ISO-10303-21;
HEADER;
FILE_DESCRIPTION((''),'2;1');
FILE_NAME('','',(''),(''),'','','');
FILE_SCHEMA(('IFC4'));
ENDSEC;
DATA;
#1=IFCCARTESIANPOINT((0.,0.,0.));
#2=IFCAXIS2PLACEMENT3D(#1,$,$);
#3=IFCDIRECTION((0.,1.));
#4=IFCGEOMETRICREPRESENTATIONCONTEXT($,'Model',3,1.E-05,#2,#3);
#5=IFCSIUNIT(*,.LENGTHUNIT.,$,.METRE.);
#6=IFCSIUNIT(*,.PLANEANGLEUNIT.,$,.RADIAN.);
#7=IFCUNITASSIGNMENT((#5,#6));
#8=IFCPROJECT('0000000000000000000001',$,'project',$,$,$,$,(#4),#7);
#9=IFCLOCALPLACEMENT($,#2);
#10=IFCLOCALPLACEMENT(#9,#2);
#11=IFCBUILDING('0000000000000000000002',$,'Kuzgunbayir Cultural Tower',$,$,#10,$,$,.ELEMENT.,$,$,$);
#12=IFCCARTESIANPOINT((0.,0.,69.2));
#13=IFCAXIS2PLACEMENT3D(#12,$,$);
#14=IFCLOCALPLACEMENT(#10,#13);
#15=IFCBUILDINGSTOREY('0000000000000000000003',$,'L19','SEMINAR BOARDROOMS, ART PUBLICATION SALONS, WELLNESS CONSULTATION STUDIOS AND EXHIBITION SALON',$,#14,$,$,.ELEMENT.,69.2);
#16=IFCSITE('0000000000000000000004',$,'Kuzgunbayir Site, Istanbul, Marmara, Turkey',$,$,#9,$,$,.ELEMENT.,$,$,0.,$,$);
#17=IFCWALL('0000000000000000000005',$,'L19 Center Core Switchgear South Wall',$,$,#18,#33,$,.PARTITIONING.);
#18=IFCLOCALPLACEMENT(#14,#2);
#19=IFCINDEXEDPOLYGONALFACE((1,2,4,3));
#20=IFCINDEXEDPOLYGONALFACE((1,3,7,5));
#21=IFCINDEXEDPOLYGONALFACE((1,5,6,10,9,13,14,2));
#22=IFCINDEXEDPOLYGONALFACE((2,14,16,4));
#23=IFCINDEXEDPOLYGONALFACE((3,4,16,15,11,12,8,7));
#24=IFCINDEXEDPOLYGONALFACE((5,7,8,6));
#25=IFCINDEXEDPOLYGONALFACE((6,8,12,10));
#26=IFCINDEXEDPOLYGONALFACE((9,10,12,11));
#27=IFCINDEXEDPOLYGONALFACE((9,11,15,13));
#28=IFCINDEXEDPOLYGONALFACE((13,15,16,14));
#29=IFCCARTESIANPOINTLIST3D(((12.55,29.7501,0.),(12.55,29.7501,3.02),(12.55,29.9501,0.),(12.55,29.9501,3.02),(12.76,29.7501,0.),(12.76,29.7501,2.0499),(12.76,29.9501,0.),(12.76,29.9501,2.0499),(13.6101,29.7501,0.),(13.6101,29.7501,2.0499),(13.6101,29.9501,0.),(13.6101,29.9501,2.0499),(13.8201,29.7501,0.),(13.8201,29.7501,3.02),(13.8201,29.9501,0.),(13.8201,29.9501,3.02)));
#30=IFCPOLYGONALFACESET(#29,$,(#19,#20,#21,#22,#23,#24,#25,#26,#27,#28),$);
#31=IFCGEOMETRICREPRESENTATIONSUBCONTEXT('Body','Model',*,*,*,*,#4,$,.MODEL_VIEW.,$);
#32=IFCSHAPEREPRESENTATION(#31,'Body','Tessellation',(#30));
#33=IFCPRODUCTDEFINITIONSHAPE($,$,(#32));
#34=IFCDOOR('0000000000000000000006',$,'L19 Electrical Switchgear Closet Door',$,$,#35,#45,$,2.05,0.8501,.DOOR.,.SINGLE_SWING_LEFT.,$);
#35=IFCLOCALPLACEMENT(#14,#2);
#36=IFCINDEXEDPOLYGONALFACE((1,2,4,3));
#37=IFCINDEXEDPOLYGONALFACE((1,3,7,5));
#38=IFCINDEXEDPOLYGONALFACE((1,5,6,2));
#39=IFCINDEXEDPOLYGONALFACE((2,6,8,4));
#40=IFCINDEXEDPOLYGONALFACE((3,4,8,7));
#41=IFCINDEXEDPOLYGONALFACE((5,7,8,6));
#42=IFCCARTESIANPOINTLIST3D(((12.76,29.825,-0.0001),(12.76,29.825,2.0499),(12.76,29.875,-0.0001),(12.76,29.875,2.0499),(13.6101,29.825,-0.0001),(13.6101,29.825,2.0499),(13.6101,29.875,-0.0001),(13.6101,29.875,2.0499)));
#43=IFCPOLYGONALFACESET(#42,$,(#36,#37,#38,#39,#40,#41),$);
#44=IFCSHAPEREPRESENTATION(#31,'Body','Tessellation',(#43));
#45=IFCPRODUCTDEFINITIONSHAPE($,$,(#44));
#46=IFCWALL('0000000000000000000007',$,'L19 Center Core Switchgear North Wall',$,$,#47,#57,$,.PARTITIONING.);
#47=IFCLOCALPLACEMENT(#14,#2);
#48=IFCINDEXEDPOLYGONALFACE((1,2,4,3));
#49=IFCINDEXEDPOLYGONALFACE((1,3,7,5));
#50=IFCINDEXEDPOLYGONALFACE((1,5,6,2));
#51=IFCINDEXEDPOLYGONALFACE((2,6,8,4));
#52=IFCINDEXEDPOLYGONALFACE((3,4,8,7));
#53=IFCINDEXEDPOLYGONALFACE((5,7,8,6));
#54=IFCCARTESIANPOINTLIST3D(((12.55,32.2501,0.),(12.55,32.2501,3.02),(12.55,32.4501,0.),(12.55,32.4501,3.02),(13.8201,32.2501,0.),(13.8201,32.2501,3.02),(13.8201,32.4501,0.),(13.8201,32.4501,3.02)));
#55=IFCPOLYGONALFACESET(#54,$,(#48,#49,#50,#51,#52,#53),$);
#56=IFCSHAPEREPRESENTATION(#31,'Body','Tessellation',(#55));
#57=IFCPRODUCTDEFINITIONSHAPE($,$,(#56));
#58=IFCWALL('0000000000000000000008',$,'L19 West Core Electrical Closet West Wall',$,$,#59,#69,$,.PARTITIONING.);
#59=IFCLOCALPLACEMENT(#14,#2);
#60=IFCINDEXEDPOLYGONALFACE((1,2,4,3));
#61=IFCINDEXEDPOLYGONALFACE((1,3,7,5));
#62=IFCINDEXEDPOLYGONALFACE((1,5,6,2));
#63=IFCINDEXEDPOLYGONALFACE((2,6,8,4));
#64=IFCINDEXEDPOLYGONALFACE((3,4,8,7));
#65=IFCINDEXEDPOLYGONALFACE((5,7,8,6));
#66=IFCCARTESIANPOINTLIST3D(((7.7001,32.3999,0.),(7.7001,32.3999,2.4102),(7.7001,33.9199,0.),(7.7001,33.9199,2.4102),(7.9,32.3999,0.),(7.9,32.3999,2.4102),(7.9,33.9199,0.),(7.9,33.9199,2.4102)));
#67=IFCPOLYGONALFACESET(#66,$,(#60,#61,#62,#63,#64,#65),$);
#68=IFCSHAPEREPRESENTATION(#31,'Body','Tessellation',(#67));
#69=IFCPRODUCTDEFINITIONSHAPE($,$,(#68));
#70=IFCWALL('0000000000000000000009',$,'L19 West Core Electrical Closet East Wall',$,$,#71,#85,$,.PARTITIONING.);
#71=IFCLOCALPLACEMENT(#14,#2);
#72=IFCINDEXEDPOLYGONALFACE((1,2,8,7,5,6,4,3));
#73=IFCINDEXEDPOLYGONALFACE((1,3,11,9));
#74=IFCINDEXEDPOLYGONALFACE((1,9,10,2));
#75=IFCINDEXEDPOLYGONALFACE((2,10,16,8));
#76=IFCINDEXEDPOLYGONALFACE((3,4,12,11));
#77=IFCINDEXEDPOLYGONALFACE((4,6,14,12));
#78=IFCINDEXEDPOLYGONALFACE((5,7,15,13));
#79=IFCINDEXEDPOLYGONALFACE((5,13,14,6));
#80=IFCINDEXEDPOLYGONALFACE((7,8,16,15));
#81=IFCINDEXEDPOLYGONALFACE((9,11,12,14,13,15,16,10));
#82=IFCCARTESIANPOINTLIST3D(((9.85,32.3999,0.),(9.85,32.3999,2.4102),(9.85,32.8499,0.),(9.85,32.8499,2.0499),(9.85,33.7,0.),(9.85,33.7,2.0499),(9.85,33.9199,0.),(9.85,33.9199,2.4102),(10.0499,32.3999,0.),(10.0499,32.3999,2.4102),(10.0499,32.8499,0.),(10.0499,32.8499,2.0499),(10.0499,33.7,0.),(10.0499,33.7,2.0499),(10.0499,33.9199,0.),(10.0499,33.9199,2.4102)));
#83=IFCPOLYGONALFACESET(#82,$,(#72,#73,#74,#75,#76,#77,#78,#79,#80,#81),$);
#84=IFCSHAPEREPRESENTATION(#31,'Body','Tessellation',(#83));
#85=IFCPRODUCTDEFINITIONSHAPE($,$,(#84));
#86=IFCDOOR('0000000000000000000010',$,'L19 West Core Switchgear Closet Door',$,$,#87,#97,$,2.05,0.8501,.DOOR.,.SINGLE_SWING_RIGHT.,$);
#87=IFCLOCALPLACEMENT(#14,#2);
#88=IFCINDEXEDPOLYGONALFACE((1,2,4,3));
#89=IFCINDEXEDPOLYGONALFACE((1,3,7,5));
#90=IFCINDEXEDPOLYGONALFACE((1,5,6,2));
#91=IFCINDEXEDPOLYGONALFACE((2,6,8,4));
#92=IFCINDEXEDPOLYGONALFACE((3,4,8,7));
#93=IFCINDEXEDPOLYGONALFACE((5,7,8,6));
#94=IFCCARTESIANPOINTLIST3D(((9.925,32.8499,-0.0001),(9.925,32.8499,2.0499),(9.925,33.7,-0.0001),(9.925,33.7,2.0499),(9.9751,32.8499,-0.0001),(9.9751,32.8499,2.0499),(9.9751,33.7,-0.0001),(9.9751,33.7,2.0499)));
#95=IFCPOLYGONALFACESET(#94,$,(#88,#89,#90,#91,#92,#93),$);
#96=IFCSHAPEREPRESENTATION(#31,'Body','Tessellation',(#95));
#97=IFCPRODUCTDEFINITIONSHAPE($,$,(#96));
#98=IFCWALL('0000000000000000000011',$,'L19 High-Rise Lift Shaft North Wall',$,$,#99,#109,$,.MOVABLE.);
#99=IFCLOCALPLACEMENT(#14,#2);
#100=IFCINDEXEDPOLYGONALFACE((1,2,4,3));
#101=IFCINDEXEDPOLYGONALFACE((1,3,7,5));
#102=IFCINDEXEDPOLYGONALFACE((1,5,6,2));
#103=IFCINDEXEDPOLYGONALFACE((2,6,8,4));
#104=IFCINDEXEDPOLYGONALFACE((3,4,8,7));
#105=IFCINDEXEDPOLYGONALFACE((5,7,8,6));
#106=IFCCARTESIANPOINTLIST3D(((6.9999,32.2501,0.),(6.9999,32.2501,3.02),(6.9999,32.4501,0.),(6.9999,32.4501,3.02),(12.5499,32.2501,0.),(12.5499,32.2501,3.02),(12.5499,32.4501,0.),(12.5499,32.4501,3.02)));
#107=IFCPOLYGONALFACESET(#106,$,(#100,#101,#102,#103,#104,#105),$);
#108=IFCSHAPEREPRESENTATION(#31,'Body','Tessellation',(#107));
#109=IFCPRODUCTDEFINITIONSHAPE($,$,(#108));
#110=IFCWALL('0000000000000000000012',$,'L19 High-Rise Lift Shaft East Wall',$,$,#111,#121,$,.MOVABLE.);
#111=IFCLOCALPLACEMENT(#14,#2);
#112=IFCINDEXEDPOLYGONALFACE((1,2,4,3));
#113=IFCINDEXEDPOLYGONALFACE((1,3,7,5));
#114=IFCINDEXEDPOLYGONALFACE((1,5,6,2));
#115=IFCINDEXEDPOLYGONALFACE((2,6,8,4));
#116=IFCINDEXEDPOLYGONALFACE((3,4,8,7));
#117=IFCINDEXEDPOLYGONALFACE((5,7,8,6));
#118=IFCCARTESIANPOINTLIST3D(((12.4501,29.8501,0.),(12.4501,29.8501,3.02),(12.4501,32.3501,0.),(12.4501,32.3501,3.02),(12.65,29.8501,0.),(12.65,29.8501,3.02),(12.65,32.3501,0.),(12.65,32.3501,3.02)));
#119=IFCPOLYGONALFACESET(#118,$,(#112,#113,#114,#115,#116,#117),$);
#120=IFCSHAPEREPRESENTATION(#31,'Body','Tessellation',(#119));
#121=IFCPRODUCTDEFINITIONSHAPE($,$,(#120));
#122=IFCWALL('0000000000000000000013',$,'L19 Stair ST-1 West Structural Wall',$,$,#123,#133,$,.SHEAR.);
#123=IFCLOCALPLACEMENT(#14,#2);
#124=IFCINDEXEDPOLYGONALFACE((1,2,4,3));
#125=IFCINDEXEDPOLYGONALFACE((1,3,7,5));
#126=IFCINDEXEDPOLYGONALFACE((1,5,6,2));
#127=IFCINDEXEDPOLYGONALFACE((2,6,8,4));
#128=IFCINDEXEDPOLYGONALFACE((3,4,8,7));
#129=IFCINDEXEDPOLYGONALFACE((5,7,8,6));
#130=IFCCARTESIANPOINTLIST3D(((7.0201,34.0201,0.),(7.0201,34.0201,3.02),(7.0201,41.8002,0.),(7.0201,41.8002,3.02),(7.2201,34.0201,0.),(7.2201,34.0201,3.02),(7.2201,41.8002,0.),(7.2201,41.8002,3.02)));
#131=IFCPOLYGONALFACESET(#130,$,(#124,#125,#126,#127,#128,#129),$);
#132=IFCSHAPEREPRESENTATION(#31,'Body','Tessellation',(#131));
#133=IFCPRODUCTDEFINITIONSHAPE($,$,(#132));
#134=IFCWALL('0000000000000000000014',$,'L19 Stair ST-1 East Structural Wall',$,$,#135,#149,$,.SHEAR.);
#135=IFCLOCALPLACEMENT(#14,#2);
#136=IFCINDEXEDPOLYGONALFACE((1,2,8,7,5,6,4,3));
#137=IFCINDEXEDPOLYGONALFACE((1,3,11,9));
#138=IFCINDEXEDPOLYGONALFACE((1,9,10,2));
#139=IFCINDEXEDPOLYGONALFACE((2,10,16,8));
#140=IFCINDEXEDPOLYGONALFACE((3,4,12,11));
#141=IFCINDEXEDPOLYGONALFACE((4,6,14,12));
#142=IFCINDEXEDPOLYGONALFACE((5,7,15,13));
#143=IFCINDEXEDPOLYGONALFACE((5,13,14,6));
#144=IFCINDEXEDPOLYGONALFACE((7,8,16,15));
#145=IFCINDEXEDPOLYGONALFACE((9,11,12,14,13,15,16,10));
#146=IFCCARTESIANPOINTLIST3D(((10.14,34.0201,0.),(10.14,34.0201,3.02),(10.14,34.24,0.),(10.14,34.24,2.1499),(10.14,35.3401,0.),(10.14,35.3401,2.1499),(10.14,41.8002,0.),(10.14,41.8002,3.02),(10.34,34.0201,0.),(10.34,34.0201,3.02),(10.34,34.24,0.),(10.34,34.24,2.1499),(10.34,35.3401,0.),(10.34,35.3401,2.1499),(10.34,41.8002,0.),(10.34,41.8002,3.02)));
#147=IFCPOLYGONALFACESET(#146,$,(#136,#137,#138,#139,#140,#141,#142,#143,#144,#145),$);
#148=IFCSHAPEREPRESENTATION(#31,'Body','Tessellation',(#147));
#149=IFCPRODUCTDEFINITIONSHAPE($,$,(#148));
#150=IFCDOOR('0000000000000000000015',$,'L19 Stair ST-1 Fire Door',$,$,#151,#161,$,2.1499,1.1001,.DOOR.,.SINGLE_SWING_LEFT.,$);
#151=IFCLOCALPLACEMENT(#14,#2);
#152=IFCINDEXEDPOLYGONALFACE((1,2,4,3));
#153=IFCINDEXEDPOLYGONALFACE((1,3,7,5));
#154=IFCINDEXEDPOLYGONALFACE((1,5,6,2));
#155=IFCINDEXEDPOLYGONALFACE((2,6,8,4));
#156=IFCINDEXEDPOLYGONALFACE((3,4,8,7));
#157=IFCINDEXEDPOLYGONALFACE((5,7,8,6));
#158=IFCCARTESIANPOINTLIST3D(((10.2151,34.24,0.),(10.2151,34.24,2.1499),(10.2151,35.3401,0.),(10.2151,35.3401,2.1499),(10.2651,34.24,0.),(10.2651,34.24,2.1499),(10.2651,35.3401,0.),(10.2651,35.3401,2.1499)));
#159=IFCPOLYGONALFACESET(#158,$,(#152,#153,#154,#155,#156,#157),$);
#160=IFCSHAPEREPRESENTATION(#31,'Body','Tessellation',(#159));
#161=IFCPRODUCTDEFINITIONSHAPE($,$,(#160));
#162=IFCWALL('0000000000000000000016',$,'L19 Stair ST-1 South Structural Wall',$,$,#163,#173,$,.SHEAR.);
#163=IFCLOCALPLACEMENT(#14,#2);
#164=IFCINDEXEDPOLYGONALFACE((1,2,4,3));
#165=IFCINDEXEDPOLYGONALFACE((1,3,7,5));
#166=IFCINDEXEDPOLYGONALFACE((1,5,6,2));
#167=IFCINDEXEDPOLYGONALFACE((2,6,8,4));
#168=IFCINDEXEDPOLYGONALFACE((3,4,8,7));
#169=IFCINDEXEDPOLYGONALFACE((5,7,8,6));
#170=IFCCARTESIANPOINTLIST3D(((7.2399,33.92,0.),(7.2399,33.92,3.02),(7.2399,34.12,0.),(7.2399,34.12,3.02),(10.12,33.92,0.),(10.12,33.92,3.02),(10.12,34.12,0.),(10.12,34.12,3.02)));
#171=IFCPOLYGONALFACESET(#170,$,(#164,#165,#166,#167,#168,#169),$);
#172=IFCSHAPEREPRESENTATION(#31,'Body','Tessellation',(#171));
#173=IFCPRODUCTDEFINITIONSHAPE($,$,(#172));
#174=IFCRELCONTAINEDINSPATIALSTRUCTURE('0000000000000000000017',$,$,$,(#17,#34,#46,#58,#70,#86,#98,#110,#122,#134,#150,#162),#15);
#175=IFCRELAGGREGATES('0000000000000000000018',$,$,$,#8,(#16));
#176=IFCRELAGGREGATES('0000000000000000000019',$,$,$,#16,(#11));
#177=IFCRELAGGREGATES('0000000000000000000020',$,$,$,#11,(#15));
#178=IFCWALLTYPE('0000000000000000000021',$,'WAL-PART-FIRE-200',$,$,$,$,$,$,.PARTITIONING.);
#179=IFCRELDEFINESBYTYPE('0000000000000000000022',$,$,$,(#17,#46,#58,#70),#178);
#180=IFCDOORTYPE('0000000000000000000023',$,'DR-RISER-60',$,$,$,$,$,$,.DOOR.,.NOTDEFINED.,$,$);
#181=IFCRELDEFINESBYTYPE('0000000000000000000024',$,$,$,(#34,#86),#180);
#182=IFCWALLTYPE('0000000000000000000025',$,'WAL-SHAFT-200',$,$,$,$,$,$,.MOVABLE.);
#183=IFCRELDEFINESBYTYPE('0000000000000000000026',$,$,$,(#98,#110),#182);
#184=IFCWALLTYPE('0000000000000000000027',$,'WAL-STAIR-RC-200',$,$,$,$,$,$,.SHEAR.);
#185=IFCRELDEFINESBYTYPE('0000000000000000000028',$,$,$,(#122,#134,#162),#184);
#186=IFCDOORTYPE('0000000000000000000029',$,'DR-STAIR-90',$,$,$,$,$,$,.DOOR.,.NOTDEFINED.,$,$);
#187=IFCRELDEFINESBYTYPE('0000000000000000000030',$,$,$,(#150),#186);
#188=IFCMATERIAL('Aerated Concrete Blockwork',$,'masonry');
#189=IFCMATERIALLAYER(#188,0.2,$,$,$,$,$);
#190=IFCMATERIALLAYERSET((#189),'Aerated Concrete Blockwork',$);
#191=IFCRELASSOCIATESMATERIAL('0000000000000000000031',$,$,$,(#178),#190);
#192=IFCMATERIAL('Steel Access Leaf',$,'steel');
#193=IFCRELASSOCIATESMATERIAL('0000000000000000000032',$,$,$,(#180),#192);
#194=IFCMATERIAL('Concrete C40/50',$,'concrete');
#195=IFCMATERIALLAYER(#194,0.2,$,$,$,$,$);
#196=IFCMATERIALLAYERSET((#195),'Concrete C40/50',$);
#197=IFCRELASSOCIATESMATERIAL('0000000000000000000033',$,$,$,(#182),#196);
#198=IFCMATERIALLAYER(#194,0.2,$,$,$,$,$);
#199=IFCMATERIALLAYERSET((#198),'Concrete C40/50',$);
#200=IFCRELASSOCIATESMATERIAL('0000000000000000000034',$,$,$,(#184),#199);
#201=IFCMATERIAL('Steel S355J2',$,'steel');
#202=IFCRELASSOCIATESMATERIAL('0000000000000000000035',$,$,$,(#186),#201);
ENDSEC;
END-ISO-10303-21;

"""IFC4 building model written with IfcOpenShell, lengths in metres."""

from ifc_helpers import new_model, si_unit, direction, frame, frame_2d, origin, place, context, subcontext, project, spatial, rectangle, extrude, material, layer, layer_set, type_object, element, fill, save


model = new_model("IFC4")

# Units and contexts
model_context = context("Model", 3, precision=1e-05, world=origin(), true_north=direction((0.0, 1.0)))
body_context = subcontext(model_context, "Body", "Model", "MODEL_VIEW")
ifc_project = project(units=[si_unit("LENGTHUNIT", "METRE"), si_unit("PLANEANGLEUNIT", "RADIAN")], contexts=[model_context])

# Site, building, storey
site_placement = place(None, origin())
site = spatial("IfcSite", under=ifc_project, at=site_placement, Name="Kuzgunbayir Site, Istanbul, Marmara, Turkey", CompositionType="ELEMENT", RefElevation=0.0)
building_placement = place(site_placement, origin())
building = spatial("IfcBuilding", under=site, at=building_placement, Name="Kuzgunbayir Cultural Tower", CompositionType="ELEMENT")
storey_placement = place(building_placement, frame((0.0, 0.0, 69.2)))
storey = spatial("IfcBuildingStorey", under=building, at=storey_placement, Name="L19", Description="SEMINAR BOARDROOMS, ART PUBLICATION SALONS, WELLNESS CONSULTATION STUDIOS AND EXHIBITION SALON", CompositionType="ELEMENT", Elevation=69.2)

# Shared definitions
ifc_material_1 = material(Name="Steel S355J2", Category="steel")

# Shared definitions
ifc_material_2 = material(Name="Aerated Concrete Blockwork", Category="masonry")
ifc_layer_1 = layer(ifc_material_2, 0.2)
ifc_layer_set_1 = layer_set([ifc_layer_1], Name="Aerated Concrete Blockwork")
wall_type_1 = type_object("IfcWallType", Name="WAL-PART-FIRE-200", PredefinedType="PARTITIONING", material=ifc_layer_set_1)

# Wall, opening, door
wall_1_placement = place(storey_placement, frame((12.55, 29.8501, 0.0), z_axis=(0.0, 0.0, 1.0), x_axis=(1.0, 0.0, 0.0)))
wall_1 = element("IfcWall", 1, at=wall_1_placement, inside=storey, type_object=wall_type_1, Name="L19 Center Core Switchgear South Wall", PredefinedType="PARTITIONING", context=body_context, shape_type="SweptSolid", body=[
    extrude(rectangle(XDim=1.27, YDim=0.2, at=frame_2d((0.635, 0.0))), origin(), (0.0, 0.0, 1.0), 3.02),
])
opening_1_placement = place(wall_1_placement, frame((0.21, 0.0, 0.0)))
opening_1 = element("IfcOpeningElement", 2, at=opening_1_placement, cuts=wall_1, PredefinedType="OPENING", context=body_context, shape_type="SweptSolid", body=[
    extrude(rectangle(XDim=0.8501, YDim=2.05, at=frame_2d((0.425, 1.0249))), frame((0.0, 0.1099, 0.0), z_axis=(0.0, -1.0, 0.0), x_axis=(1.0, 0.0, 0.0)), (0.0, 0.0, 1.0), 0.22),
])
ifc_material_3 = material(Name="Steel Access Leaf", Category="steel")
door_type_1 = type_object("IfcDoorType", Name="DR-RISER-60", OperationType="NOTDEFINED", PredefinedType="DOOR", material=ifc_material_3)
door_1_placement = place(opening_1_placement, origin())
door_1 = element("IfcDoor", 3, at=door_1_placement, inside=storey, type_object=door_type_1, Name="L19 Electrical Switchgear Closet Door", OperationType="SINGLE_SWING_LEFT", OverallHeight=2.05, OverallWidth=0.8501, PredefinedType="DOOR", context=body_context, shape_type="SweptSolid", body=[
    extrude(rectangle(XDim=0.8501, YDim=2.05, at=frame_2d((0.425, 1.0249))), frame((0.0, 0.0249, 0.0), z_axis=(0.0, -1.0, 0.0), x_axis=(1.0, 0.0, 0.0)), (0.0, 0.0, 1.0), 0.05),
])
fill(opening_1, door_1)

# Walls
wall_2_placement = place(storey_placement, frame((12.55, 32.3501, 0.0), z_axis=(0.0, 0.0, 1.0), x_axis=(1.0, 0.0, 0.0)))
element("IfcWall", 4, at=wall_2_placement, inside=storey, type_object=wall_type_1, Name="L19 Center Core Switchgear North Wall", PredefinedType="PARTITIONING", context=body_context, shape_type="SweptSolid", body=[
    extrude(rectangle(XDim=1.27, YDim=0.2, at=frame_2d((0.635, 0.0))), origin(), (0.0, 0.0, 1.0), 3.02),
])
wall_3_placement = place(storey_placement, frame((7.8, 32.3999, 0.0), z_axis=(0.0, 0.0, 1.0), x_axis=(0.0, 1.0, 0.0)))
element("IfcWall", 5, at=wall_3_placement, inside=storey, type_object=wall_type_1, Name="L19 West Core Electrical Closet West Wall", PredefinedType="PARTITIONING", context=body_context, shape_type="SweptSolid", body=[
    extrude(rectangle(XDim=1.52, YDim=0.2, at=frame_2d((0.76, 0.0))), origin(), (0.0, 0.0, 1.0), 2.4102),
])

# Wall, opening, door
wall_4_placement = place(storey_placement, frame((9.95, 32.3999, 0.0), z_axis=(0.0, 0.0, 1.0), x_axis=(0.0, 1.0, 0.0)))
wall_4 = element("IfcWall", 6, at=wall_4_placement, inside=storey, type_object=wall_type_1, Name="L19 West Core Electrical Closet East Wall", PredefinedType="PARTITIONING", context=body_context, shape_type="SweptSolid", body=[
    extrude(rectangle(XDim=1.52, YDim=0.2, at=frame_2d((0.76, 0.0))), origin(), (0.0, 0.0, 1.0), 2.4102),
])
opening_2_placement = place(wall_4_placement, frame((0.45, 0.0, 0.0)))
opening_2 = element("IfcOpeningElement", 7, at=opening_2_placement, cuts=wall_4, PredefinedType="OPENING", context=body_context, shape_type="SweptSolid", body=[
    extrude(rectangle(XDim=0.8501, YDim=2.05, at=frame_2d((0.425, 1.0249))), frame((0.0, 0.1099, 0.0), z_axis=(0.0, -1.0, 0.0), x_axis=(1.0, 0.0, 0.0)), (0.0, 0.0, 1.0), 0.22),
])
door_2_placement = place(opening_2_placement, origin())
door_2 = element("IfcDoor", 8, at=door_2_placement, inside=storey, type_object=door_type_1, Name="L19 West Core Switchgear Closet Door", OperationType="SINGLE_SWING_RIGHT", OverallHeight=2.05, OverallWidth=0.8501, PredefinedType="DOOR", context=body_context, shape_type="SweptSolid", body=[
    extrude(rectangle(XDim=0.8501, YDim=2.05, at=frame_2d((0.425, 1.0249))), frame((0.0, 0.0249, 0.0), z_axis=(0.0, -1.0, 0.0), x_axis=(1.0, 0.0, 0.0)), (0.0, 0.0, 1.0), 0.05),
])
fill(opening_2, door_2)

# Walls
ifc_material_4 = material(Name="Concrete C40/50", Category="concrete")
ifc_layer_2 = layer(ifc_material_4, 0.2)
ifc_layer_set_2 = layer_set([ifc_layer_2], Name="Concrete C40/50")
wall_type_2 = type_object("IfcWallType", Name="WAL-SHAFT-200", PredefinedType="MOVABLE", material=ifc_layer_set_2)
wall_5_placement = place(storey_placement, frame((7.0, 32.3501, 0.0), z_axis=(0.0, 0.0, 1.0), x_axis=(1.0, 0.0, 0.0)))
element("IfcWall", 9, at=wall_5_placement, inside=storey, type_object=wall_type_2, Name="L19 High-Rise Lift Shaft North Wall", PredefinedType="MOVABLE", context=body_context, shape_type="SweptSolid", body=[
    extrude(rectangle(XDim=5.55, YDim=0.2, at=frame_2d((2.7749, 0.0))), origin(), (0.0, 0.0, 1.0), 3.02),
])
wall_6_placement = place(storey_placement, frame((12.55, 29.8501, 0.0), z_axis=(0.0, 0.0, 1.0), x_axis=(0.0, 1.0, 0.0)))
element("IfcWall", 10, at=wall_6_placement, inside=storey, type_object=wall_type_2, Name="L19 High-Rise Lift Shaft East Wall", PredefinedType="MOVABLE", context=body_context, shape_type="SweptSolid", body=[
    extrude(rectangle(XDim=2.5, YDim=0.2, at=frame_2d((1.25, 0.0))), origin(), (0.0, 0.0, 1.0), 3.02),
])
ifc_layer_3 = layer(ifc_material_4, 0.2)
ifc_layer_set_3 = layer_set([ifc_layer_3], Name="Concrete C40/50")
wall_type_3 = type_object("IfcWallType", Name="WAL-STAIR-RC-200", PredefinedType="SHEAR", material=ifc_layer_set_3)
wall_7_placement = place(storey_placement, frame((7.1201, 34.02, 0.0), z_axis=(0.0, 0.0, 1.0), x_axis=(0.0, 1.0, 0.0)))
element("IfcWall", 11, at=wall_7_placement, inside=storey, type_object=wall_type_3, Name="L19 Stair ST-1 West Structural Wall", PredefinedType="SHEAR", context=body_context, shape_type="SweptSolid", body=[
    extrude(rectangle(XDim=7.78, YDim=0.2, at=frame_2d((3.8901, 0.0))), origin(), (0.0, 0.0, 1.0), 3.02),
])

# Wall, opening, door
wall_8_placement = place(storey_placement, frame((10.24, 34.02, 0.0), z_axis=(0.0, 0.0, 1.0), x_axis=(0.0, 1.0, 0.0)))
wall_8 = element("IfcWall", 12, at=wall_8_placement, inside=storey, type_object=wall_type_3, Name="L19 Stair ST-1 East Structural Wall", PredefinedType="SHEAR", context=body_context, shape_type="SweptSolid", body=[
    extrude(rectangle(XDim=7.78, YDim=0.2, at=frame_2d((3.8901, 0.0))), origin(), (0.0, 0.0, 1.0), 3.02),
])
opening_3_placement = place(wall_8_placement, frame((0.22, 0.0, 0.0)))
opening_3 = element("IfcOpeningElement", 13, at=opening_3_placement, cuts=wall_8, PredefinedType="OPENING", context=body_context, shape_type="SweptSolid", body=[
    extrude(rectangle(XDim=1.1001, YDim=2.1499, at=frame_2d((0.55, 1.075))), frame((0.0, 0.1099, 0.0), z_axis=(0.0, -1.0, 0.0), x_axis=(1.0, 0.0, 0.0)), (0.0, 0.0, 1.0), 0.22),
])
door_type_2 = type_object("IfcDoorType", Name="DR-STAIR-90", OperationType="NOTDEFINED", PredefinedType="DOOR", material=ifc_material_1)
door_3_placement = place(opening_3_placement, origin())
door_3 = element("IfcDoor", 14, at=door_3_placement, inside=storey, type_object=door_type_2, Name="L19 Stair ST-1 Fire Door", OperationType="SINGLE_SWING_LEFT", OverallHeight=2.1499, OverallWidth=1.1001, PredefinedType="DOOR", context=body_context, shape_type="SweptSolid", body=[
    extrude(rectangle(XDim=1.1001, YDim=2.1499, at=frame_2d((0.55, 1.075))), frame((0.0, 0.0249, 0.0), z_axis=(0.0, -1.0, 0.0), x_axis=(1.0, 0.0, 0.0)), (0.0, 0.0, 1.0), 0.05),
])
fill(opening_3, door_3)

# Wall
wall_9_placement = place(storey_placement, frame((7.24, 34.02, 0.0), z_axis=(0.0, 0.0, 1.0), x_axis=(1.0, 0.0, 0.0)))
element("IfcWall", 15, at=wall_9_placement, inside=storey, type_object=wall_type_3, Name="L19 Stair ST-1 South Structural Wall", PredefinedType="SHEAR", context=body_context, shape_type="SweptSolid", body=[
    extrude(rectangle(XDim=2.8801, YDim=0.2, at=frame_2d((1.4399, 0.0))), origin(), (0.0, 0.0, 1.0), 3.02),
])

save(model, "model.ifc")
